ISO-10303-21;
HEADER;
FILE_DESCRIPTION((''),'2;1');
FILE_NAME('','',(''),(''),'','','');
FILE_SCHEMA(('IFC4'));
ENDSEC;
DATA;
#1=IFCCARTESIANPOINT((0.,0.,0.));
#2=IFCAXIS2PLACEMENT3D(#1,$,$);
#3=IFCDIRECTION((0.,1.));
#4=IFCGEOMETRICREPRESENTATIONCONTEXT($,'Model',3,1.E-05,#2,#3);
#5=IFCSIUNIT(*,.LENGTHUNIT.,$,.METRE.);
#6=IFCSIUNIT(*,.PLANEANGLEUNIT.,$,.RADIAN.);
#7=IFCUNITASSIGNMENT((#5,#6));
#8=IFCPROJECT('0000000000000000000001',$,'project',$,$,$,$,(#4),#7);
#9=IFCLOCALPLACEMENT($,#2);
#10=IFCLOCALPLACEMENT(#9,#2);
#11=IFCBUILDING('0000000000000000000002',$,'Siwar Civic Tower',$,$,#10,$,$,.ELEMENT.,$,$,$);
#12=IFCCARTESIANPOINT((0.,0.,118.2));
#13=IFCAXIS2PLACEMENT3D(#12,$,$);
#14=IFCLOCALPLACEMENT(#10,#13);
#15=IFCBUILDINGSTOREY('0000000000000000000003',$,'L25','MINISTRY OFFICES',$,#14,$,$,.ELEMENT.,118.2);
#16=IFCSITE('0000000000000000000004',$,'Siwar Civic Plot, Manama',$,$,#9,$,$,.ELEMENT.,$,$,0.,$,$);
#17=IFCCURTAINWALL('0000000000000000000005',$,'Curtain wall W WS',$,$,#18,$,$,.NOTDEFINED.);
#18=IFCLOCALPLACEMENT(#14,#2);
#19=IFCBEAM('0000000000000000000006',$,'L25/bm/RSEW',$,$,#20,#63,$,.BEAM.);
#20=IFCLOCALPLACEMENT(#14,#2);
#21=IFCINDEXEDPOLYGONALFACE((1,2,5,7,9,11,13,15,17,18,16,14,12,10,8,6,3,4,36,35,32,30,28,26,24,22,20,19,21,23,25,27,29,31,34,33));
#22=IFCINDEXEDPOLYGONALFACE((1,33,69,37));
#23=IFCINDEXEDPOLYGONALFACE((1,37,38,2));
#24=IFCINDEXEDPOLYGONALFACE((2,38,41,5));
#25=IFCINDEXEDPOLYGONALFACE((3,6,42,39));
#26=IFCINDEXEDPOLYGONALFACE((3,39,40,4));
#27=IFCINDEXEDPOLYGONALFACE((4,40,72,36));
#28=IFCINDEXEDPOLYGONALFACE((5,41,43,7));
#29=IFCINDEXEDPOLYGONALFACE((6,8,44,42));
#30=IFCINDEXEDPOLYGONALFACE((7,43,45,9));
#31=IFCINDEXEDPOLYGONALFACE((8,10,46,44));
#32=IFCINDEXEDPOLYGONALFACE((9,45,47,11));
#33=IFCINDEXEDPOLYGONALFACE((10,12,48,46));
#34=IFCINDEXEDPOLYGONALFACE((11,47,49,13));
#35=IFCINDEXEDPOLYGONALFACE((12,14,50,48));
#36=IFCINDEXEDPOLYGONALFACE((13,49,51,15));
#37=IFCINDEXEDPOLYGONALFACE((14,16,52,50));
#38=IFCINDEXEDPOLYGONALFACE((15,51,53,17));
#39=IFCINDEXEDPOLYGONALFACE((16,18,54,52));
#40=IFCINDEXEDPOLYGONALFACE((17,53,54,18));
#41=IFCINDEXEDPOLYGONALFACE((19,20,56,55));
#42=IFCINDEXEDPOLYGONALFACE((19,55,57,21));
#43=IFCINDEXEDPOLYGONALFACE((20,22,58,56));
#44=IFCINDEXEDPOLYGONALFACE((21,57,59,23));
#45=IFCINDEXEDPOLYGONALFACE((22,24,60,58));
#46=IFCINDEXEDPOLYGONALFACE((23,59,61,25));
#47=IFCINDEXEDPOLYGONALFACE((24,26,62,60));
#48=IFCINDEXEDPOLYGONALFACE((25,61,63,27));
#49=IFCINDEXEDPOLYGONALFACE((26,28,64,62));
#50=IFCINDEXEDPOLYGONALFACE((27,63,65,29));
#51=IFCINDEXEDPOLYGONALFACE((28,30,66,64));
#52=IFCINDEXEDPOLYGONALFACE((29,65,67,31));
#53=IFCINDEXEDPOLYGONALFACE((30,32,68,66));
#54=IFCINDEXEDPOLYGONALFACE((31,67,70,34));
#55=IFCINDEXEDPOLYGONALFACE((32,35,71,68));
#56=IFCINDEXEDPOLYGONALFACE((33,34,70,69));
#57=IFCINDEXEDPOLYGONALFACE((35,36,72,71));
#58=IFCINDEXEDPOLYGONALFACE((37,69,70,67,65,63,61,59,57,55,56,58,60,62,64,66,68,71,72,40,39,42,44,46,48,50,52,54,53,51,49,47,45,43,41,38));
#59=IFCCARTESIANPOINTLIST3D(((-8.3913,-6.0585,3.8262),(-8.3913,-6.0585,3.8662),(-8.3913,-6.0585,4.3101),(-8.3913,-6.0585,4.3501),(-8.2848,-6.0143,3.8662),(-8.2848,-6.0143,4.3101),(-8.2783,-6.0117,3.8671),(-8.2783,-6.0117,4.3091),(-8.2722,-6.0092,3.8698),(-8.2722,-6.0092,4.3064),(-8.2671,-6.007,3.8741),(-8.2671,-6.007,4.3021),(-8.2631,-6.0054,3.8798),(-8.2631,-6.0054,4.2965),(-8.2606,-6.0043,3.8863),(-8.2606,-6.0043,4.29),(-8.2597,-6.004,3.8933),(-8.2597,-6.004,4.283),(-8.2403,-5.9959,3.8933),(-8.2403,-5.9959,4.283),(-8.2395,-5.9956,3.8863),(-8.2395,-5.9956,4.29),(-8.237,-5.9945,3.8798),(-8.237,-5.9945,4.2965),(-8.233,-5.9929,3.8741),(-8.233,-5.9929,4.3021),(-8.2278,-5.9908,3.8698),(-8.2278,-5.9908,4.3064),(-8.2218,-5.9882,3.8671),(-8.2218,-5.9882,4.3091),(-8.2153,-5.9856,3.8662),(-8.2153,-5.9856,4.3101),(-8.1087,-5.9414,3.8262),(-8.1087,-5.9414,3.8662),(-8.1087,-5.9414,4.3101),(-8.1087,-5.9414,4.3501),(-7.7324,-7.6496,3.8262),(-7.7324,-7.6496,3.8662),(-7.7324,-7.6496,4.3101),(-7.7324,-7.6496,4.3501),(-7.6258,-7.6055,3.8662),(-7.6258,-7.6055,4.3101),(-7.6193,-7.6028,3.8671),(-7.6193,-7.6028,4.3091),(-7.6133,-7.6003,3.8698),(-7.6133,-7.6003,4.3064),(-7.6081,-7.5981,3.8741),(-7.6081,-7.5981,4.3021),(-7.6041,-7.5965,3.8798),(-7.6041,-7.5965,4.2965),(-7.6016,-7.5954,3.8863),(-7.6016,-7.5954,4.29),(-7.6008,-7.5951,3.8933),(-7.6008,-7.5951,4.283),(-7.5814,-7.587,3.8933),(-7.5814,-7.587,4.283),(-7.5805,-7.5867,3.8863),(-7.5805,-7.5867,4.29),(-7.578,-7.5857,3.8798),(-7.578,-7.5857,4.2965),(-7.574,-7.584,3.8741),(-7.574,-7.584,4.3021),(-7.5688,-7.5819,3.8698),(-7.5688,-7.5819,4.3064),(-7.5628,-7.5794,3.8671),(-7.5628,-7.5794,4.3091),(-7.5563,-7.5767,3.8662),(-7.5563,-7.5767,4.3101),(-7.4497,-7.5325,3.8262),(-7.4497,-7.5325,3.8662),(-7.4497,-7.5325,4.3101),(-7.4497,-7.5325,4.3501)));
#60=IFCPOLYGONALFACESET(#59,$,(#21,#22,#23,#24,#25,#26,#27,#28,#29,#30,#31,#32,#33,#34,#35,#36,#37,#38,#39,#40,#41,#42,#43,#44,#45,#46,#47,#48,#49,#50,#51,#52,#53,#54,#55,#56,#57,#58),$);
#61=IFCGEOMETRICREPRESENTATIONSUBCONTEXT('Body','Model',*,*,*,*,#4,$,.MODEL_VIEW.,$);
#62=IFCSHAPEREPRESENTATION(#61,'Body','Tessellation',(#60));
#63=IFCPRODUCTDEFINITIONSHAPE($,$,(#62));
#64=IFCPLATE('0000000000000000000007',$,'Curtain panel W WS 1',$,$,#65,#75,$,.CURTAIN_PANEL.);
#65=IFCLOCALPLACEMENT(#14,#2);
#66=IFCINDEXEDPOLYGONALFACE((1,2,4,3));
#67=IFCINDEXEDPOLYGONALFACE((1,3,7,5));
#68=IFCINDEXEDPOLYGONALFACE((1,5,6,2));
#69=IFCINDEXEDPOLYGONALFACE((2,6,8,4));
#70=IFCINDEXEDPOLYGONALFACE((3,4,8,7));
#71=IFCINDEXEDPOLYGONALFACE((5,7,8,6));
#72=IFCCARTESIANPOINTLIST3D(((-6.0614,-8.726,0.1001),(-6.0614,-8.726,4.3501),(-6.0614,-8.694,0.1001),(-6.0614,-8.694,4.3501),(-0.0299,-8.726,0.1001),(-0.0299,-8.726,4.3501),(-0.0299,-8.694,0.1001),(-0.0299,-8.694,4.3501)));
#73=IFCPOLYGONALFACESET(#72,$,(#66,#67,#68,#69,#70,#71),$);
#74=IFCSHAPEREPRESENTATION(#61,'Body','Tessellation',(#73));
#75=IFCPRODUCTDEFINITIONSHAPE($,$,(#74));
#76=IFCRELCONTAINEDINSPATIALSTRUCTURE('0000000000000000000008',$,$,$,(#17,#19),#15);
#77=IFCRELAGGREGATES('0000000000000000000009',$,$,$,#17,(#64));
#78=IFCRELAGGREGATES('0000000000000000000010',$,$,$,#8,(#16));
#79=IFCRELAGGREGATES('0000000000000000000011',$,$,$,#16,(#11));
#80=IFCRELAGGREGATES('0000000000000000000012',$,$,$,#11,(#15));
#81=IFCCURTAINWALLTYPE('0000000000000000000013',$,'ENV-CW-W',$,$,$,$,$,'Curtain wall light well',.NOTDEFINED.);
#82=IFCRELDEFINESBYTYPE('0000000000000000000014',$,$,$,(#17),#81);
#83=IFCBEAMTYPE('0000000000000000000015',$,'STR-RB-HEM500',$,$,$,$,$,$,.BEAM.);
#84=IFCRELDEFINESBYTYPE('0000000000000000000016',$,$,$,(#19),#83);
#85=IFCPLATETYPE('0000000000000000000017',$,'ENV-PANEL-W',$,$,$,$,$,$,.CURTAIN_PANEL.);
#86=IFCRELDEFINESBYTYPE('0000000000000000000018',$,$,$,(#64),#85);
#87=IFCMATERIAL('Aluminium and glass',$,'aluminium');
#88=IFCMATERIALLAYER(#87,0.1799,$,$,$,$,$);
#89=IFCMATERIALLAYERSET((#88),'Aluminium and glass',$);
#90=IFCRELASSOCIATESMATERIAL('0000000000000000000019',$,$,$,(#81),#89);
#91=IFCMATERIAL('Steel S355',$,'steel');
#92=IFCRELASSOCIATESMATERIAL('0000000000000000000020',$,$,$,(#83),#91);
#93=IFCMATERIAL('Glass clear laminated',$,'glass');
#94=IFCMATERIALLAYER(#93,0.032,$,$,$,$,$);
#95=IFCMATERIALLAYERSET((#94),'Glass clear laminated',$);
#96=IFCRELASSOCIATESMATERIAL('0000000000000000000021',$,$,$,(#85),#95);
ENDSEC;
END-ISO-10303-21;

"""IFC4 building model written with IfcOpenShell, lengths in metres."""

from ifc_helpers import new_model, si_unit, direction, frame, origin, origin_2d, place, context, subcontext, project, spatial, rectangle, i_section, extrude, material, layer, layer_set, material_profile, profile_set, type_object, element, aggregate, save


model = new_model("IFC4")

# Units and contexts
model_context = context("Model", 3, precision=1e-05, world=origin(), true_north=direction((0.0, 1.0)))
body_context = subcontext(model_context, "Body", "Model", "MODEL_VIEW")
ifc_project = project(units=[si_unit("LENGTHUNIT", "METRE"), si_unit("PLANEANGLEUNIT", "RADIAN")], contexts=[model_context])

# Site, building, storey
site_placement = place(None, origin())
site = spatial("IfcSite", under=ifc_project, at=site_placement, Name="Siwar Civic Plot, Manama", CompositionType="ELEMENT", RefElevation=0.0)
building_placement = place(site_placement, origin())
building = spatial("IfcBuilding", under=site, at=building_placement, Name="Siwar Civic Tower", CompositionType="ELEMENT")
storey_placement = place(building_placement, frame((0.0, 0.0, 118.2)))
storey = spatial("IfcBuildingStorey", under=building, at=storey_placement, Name="L25", Description="MINISTRY OFFICES", CompositionType="ELEMENT", Elevation=118.2)

# Curtain wall
ifc_material_1 = material(Name="Aluminium and glass", Category="aluminium")
ifc_layer_1 = layer(ifc_material_1, 0.1799)
ifc_layer_set_1 = layer_set([ifc_layer_1], Name="Aluminium and glass")
curtain_wall_type = type_object("IfcCurtainWallType", Name="ENV-CW-W", ElementType="Curtain wall light well", PredefinedType="NOTDEFINED", material=ifc_layer_set_1)
curtain_wall_placement = place(storey_placement, origin())
curtain_wall = element("IfcCurtainWall", 1, at=curtain_wall_placement, inside=storey, type_object=curtain_wall_type, Name="Curtain wall W WS", PredefinedType="NOTDEFINED")

# Beam
ifc_material_2 = material(Name="Steel S355", Category="steel")
ifc_material_profile_1 = material_profile(ifc_material_2, i_section(OverallWidth=0.3059, OverallDepth=0.5239, WebThickness=0.021, FlangeThickness=0.04, FilletRadius=0.0271, at=origin_2d()), Name="HEM500")
ifc_profile_set_1 = profile_set([ifc_material_profile_1], Name="Steel S355")
beam_type = type_object("IfcBeamType", Name="STR-RB-HEM500", PredefinedType="BEAM", material=ifc_profile_set_1)
beam_1_placement = place(storey_placement, frame((-7.5911, -7.5911, 4.0881), z_axis=(-0.382631, 0.923901, 0.0), x_axis=(-0.923901, -0.382631, 0.0)))
element("IfcBeam", 2, at=beam_1_placement, inside=storey, type_object=beam_type, Name="L25/bm/RSEW", PredefinedType="BEAM", context=body_context, shape_type="SweptSolid", body=[
    extrude(i_section(OverallWidth=0.3059, OverallDepth=0.5239, WebThickness=0.021, FlangeThickness=0.04, FilletRadius=0.0271, at=origin_2d()), origin(), (0.0, 0.0, 1.0), 1.7222),
])

# Plate
ifc_material_3 = material(Name="Glass clear laminated", Category="glass")
ifc_layer_2 = layer(ifc_material_3, 0.032)
ifc_layer_set_2 = layer_set([ifc_layer_2], Name="Glass clear laminated")
plate_type = type_object("IfcPlateType", Name="ENV-PANEL-W", PredefinedType="CURTAIN_PANEL", material=ifc_layer_set_2)
plate_placement = place(storey_placement, frame((-3.0457, -8.71, 0.1001), z_axis=(0.0, 0.0, 1.0), x_axis=(1.0, 0.0, 0.0)))
plate = element("IfcPlate", 3, at=plate_placement, type_object=plate_type, Name="Curtain panel W WS 1", PredefinedType="CURTAIN_PANEL", context=body_context, shape_type="SweptSolid", body=[
    extrude(rectangle(XDim=6.0315, YDim=0.032, at=origin_2d()), origin(), (0.0, 0.0, 1.0), 4.25),
])
aggregate(curtain_wall, [plate])

save(model, "model.ifc")
